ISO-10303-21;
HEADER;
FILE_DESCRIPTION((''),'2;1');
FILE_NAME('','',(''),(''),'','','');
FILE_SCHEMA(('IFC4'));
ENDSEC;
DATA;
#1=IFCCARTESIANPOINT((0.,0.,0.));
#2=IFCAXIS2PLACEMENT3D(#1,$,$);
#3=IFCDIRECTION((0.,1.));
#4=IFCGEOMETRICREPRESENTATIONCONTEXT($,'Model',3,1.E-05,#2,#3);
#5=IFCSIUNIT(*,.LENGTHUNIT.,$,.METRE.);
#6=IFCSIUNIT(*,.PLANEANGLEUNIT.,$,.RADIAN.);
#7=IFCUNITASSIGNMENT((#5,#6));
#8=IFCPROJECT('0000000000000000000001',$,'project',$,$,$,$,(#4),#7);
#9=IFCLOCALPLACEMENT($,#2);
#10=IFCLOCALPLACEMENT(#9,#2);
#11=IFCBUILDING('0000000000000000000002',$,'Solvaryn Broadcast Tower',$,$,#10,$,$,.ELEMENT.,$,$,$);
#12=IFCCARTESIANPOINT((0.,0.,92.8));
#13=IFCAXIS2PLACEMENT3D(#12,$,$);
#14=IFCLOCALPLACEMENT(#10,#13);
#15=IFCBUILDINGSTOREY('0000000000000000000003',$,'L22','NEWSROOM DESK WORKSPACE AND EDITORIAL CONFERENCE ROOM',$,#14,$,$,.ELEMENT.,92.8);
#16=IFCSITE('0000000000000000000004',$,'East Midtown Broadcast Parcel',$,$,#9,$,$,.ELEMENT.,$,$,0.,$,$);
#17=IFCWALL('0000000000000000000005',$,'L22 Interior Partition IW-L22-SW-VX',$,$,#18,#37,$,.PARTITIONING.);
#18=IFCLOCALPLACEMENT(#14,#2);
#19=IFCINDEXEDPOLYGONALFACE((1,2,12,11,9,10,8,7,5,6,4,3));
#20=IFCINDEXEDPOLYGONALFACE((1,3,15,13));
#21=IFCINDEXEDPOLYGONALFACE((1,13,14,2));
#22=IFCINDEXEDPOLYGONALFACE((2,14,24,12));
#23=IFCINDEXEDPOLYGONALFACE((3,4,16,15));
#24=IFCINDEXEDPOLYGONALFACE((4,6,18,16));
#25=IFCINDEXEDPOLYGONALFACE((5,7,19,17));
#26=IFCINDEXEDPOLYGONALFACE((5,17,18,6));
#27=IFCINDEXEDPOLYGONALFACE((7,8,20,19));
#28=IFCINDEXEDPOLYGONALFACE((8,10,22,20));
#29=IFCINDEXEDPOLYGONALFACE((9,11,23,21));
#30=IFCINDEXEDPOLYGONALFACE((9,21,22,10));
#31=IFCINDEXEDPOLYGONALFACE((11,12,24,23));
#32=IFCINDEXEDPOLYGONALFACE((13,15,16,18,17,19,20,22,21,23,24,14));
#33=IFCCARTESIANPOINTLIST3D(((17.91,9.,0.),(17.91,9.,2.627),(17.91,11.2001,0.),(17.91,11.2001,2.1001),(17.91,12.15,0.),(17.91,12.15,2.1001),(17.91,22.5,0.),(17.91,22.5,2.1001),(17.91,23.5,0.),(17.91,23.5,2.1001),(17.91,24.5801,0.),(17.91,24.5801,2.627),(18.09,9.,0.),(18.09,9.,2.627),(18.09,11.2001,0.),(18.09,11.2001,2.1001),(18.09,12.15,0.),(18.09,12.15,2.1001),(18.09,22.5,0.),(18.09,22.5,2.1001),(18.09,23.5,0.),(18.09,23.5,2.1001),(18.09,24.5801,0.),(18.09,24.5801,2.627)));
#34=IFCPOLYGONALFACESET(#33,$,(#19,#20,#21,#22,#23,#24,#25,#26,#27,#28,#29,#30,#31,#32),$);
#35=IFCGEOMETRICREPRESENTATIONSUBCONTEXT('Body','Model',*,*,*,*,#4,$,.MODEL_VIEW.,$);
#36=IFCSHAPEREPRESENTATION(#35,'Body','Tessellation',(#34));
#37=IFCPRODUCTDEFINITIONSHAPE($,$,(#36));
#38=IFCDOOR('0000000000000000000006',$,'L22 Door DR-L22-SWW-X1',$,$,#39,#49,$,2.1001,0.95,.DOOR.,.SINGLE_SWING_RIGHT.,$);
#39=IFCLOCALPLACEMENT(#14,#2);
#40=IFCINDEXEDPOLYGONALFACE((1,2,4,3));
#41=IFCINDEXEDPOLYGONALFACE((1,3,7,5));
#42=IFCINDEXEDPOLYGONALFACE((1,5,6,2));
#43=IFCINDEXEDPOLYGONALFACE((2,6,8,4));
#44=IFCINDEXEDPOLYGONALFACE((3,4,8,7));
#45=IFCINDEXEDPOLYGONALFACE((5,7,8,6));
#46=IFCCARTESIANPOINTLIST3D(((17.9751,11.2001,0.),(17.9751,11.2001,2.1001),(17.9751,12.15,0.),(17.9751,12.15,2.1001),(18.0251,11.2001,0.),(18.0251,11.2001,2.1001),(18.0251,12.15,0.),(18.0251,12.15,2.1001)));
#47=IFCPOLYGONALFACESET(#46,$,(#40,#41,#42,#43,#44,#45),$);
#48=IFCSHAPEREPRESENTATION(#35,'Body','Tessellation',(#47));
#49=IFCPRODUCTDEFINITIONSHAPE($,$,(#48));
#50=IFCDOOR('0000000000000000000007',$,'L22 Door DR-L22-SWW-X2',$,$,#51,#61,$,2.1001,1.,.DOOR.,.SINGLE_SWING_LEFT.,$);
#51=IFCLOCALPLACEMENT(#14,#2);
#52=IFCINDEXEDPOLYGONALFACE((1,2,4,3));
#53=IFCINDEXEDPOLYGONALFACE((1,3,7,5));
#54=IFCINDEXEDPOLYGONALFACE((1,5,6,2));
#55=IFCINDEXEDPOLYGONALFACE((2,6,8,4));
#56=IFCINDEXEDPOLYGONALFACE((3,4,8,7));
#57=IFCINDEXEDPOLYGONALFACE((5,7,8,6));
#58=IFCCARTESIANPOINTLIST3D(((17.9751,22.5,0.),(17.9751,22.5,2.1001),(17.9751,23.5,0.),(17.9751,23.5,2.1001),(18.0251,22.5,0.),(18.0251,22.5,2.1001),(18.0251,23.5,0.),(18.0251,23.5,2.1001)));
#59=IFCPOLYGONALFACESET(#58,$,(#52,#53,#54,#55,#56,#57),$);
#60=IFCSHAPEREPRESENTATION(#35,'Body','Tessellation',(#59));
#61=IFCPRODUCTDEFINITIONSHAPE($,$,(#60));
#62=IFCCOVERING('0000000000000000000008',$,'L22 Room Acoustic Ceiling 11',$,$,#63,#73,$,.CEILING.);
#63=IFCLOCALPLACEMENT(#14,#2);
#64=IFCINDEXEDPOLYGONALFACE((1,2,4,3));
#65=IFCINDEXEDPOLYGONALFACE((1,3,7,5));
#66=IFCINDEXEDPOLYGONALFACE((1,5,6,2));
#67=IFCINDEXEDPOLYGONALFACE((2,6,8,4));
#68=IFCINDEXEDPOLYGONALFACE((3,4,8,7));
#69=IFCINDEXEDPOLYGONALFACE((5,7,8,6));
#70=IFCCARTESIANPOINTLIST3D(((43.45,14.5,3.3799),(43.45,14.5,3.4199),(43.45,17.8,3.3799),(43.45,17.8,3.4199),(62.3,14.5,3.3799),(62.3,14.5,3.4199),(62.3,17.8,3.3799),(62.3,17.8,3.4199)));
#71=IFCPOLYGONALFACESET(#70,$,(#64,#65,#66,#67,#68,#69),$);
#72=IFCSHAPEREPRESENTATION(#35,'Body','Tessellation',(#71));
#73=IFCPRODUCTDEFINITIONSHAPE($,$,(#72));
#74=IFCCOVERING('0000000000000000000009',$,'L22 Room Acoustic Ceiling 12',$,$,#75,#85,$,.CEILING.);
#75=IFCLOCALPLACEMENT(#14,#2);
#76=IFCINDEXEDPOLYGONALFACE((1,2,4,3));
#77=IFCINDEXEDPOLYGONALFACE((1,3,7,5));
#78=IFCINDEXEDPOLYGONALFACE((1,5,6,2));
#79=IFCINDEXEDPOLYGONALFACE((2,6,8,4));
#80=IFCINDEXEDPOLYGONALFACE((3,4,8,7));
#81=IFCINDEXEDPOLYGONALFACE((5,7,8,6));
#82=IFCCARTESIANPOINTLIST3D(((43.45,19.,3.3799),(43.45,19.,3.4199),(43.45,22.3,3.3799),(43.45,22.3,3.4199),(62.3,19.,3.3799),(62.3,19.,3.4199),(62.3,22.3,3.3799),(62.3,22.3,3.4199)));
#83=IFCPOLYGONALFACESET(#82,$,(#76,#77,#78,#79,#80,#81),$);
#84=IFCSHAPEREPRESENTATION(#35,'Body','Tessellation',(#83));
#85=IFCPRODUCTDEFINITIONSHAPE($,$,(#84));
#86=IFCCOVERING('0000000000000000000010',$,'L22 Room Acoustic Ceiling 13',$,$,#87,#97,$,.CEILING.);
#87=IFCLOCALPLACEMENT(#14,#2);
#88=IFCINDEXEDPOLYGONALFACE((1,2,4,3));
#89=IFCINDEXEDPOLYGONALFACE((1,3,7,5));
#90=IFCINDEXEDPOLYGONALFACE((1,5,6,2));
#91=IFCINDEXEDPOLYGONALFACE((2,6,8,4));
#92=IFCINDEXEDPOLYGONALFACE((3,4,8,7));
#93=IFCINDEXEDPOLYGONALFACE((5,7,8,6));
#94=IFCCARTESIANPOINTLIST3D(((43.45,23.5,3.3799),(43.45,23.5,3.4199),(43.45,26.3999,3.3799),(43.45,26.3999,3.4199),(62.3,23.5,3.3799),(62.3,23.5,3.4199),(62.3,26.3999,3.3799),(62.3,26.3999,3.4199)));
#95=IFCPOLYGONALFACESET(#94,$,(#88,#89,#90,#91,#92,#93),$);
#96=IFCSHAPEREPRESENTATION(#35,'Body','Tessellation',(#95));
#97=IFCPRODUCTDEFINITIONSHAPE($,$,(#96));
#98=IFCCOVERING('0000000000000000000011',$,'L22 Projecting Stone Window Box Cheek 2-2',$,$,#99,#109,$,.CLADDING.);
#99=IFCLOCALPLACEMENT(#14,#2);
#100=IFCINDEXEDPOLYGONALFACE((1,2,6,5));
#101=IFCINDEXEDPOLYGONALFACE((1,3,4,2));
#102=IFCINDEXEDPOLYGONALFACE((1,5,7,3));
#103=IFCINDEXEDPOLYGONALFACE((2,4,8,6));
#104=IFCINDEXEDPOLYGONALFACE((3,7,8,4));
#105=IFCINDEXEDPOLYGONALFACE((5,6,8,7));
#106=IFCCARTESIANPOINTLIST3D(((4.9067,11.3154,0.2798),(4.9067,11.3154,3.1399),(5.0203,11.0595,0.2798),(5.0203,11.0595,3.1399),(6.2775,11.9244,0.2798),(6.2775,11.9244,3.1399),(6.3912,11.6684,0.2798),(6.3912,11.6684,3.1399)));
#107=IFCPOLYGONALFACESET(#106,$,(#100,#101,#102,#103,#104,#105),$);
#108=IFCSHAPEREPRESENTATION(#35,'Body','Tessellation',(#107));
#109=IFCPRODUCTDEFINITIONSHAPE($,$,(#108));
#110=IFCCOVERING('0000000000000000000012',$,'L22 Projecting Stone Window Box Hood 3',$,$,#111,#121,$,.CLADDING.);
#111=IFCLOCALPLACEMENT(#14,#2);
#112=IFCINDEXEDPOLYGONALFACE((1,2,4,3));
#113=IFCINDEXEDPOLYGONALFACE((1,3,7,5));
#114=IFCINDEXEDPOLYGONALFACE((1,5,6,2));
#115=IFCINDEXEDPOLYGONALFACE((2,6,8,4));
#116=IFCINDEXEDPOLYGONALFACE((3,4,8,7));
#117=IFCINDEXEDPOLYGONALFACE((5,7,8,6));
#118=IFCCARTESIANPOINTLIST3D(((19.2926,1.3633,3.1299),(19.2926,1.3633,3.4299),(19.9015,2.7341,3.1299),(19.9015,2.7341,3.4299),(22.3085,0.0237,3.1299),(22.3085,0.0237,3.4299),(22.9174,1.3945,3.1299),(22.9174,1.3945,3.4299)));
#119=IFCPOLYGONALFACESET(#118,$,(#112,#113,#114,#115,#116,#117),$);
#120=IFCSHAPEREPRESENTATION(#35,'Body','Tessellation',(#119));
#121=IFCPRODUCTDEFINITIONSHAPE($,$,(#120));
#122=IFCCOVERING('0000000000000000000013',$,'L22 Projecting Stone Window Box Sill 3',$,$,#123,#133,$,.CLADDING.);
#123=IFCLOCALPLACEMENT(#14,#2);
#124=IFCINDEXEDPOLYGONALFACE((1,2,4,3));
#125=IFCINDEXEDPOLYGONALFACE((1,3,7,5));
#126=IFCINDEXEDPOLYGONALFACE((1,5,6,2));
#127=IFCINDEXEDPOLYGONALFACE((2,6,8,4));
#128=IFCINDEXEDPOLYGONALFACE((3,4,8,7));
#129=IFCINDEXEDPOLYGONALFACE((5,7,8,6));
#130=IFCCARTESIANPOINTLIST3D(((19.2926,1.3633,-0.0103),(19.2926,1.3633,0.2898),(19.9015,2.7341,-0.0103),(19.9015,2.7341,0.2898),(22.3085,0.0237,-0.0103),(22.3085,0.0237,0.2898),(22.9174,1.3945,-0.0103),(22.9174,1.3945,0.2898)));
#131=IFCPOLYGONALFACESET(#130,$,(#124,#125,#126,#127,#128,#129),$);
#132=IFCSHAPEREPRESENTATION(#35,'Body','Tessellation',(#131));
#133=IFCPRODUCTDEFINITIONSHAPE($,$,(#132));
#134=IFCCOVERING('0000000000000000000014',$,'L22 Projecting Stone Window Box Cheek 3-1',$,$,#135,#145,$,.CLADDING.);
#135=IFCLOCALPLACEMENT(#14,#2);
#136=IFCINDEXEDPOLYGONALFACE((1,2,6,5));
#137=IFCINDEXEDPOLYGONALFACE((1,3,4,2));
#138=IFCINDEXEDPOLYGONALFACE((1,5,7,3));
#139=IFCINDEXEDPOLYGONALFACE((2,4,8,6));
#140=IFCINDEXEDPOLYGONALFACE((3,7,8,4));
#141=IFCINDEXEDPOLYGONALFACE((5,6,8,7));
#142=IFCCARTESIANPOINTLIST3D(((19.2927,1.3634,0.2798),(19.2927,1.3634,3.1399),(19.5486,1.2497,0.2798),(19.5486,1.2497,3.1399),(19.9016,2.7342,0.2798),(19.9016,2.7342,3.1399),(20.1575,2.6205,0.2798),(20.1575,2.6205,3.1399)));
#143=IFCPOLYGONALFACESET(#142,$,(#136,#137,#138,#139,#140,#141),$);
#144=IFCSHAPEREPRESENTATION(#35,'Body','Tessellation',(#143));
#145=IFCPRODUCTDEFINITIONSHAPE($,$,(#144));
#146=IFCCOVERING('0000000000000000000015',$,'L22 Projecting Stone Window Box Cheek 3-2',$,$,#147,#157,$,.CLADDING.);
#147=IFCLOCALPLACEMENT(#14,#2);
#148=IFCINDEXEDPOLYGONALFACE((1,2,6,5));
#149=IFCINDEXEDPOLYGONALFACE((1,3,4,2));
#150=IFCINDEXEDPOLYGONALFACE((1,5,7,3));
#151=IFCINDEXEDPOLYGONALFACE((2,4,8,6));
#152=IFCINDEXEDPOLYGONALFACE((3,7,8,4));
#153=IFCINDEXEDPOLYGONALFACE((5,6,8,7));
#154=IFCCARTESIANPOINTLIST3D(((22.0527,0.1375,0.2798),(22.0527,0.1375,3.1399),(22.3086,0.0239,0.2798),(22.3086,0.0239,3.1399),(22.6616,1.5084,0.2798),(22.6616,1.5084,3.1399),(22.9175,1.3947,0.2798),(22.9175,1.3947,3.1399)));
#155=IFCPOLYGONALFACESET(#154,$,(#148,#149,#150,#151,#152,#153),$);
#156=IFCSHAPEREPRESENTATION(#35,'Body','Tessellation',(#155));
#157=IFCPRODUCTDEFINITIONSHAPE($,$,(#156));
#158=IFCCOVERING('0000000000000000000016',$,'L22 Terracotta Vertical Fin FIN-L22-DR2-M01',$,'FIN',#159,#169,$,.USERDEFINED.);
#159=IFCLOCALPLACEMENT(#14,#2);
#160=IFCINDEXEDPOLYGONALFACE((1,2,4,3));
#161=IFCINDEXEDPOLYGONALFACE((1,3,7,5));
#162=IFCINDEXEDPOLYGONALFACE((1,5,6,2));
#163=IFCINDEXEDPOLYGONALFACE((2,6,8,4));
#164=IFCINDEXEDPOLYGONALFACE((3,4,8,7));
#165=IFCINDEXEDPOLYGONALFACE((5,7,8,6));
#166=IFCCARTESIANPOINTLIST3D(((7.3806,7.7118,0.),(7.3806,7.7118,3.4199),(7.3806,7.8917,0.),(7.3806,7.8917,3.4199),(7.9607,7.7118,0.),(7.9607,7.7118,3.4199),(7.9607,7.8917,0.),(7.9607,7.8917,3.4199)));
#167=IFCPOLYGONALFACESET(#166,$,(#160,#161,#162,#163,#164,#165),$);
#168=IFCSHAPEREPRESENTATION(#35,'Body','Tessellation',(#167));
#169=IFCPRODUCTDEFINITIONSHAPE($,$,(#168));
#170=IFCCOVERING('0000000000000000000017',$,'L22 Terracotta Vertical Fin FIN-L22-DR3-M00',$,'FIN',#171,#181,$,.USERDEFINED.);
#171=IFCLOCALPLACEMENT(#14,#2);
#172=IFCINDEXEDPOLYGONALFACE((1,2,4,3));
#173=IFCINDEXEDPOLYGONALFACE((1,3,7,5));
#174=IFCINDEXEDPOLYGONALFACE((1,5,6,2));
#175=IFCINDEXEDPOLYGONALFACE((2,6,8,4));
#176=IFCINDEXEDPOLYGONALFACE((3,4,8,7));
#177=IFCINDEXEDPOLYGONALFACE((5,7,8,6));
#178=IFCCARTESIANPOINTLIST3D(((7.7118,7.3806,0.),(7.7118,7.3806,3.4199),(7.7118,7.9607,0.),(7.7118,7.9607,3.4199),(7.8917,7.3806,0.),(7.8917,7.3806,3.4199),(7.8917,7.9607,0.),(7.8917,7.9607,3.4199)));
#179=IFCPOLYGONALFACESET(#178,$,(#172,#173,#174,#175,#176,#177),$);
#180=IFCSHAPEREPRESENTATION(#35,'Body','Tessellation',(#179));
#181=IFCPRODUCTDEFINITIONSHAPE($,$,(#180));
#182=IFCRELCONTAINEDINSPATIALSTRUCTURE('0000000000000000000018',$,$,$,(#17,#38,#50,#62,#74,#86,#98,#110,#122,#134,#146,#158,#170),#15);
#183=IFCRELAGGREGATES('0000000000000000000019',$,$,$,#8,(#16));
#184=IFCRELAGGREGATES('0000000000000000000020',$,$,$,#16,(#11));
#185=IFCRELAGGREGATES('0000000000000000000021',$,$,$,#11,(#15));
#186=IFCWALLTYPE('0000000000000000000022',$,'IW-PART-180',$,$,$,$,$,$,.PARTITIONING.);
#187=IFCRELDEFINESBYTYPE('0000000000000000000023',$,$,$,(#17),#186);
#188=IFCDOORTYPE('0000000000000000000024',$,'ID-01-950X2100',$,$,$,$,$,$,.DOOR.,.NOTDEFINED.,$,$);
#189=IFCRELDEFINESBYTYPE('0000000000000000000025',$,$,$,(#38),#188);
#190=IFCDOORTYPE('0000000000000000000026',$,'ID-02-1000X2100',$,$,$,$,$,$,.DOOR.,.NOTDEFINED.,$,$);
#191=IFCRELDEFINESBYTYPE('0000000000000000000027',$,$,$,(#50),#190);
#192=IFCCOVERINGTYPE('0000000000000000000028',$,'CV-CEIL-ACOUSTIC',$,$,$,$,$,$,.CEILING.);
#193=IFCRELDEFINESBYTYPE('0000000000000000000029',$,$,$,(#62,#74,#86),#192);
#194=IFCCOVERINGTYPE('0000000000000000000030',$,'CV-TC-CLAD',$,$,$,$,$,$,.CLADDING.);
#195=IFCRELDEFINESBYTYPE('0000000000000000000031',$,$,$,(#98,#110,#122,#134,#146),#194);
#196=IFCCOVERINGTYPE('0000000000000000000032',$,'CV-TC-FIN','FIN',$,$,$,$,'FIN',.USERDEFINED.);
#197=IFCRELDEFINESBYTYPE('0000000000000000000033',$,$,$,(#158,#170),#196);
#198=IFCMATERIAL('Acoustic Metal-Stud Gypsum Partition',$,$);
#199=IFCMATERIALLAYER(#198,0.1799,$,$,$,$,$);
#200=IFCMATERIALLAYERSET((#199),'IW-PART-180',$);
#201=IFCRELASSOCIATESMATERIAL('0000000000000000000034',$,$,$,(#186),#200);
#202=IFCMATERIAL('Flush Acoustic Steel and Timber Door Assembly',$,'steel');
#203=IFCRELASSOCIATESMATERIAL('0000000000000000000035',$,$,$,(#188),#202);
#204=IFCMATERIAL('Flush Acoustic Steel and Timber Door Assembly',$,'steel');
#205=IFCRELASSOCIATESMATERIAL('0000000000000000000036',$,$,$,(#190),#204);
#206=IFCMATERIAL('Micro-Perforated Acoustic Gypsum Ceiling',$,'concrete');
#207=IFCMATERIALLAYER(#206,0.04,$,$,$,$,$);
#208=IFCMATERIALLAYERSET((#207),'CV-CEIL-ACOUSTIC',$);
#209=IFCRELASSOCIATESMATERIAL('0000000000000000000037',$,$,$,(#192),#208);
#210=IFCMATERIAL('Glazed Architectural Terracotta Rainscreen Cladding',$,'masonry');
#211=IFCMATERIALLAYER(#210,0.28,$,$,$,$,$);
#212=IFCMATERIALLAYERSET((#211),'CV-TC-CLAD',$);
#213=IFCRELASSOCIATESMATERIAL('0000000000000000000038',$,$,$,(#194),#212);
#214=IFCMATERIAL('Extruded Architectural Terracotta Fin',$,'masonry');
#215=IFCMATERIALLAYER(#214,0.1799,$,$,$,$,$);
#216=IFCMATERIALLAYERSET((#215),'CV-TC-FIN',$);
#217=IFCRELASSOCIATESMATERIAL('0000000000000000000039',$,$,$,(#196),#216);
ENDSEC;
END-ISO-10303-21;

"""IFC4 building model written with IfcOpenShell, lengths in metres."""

from ifc_helpers import new_model, si_unit, direction, frame, frame_2d, origin, origin_2d, place, context, subcontext, project, spatial, polyline, rectangle, outline, extrude, material, layer, layer_set, type_object, element, fill, save


model = new_model("IFC4")

# Units and contexts
model_context = context("Model", 3, precision=1e-05, world=origin(), true_north=direction((0.0, 1.0)))
body_context = subcontext(model_context, "Body", "Model", "MODEL_VIEW")
ifc_project = project(units=[si_unit("LENGTHUNIT", "METRE"), si_unit("PLANEANGLEUNIT", "RADIAN")], contexts=[model_context])

# Site, building, storey
site_placement = place(None, origin())
site = spatial("IfcSite", under=ifc_project, at=site_placement, Name="East Midtown Broadcast Parcel", CompositionType="ELEMENT", RefElevation=0.0)
building_placement = place(site_placement, origin())
building = spatial("IfcBuilding", under=site, at=building_placement, Name="Solvaryn Broadcast Tower", CompositionType="ELEMENT")
storey_placement = place(building_placement, frame((0.0, 0.0, 92.8)))
storey = spatial("IfcBuildingStorey", under=building, at=storey_placement, Name="L22", Description="NEWSROOM DESK WORKSPACE AND EDITORIAL CONFERENCE ROOM", CompositionType="ELEMENT", Elevation=92.8)

# Wall, openings, doors
ifc_material_1 = material(Name="Acoustic Metal-Stud Gypsum Partition")
ifc_layer_1 = layer(ifc_material_1, 0.1799)
ifc_layer_set_1 = layer_set([ifc_layer_1], Name="IW-PART-180")
wall_type_1 = type_object("IfcWallType", Name="IW-PART-180", PredefinedType="PARTITIONING", material=ifc_layer_set_1)
wall_1_placement = place(storey_placement, frame((18.0, 9.0, 0.0), z_axis=(0.0, 0.0, 1.0), x_axis=(0.0, 1.0, 0.0)))
wall_1 = element("IfcWall", 1, at=wall_1_placement, inside=storey, type_object=wall_type_1, Name="L22 Interior Partition IW-L22-SW-VX", PredefinedType="PARTITIONING", context=body_context, shape_type="SweptSolid", body=[
    extrude(rectangle(XDim=15.5801, YDim=0.1799, at=frame_2d((7.79, 0.0))), origin(), (0.0, 0.0, 1.0), 2.627),
])
opening_1_placement = place(wall_1_placement, frame((2.2, 0.0, 0.0)))
opening_1 = element("IfcOpeningElement", 2, at=opening_1_placement, cuts=wall_1, PredefinedType="OPENING", context=body_context, shape_type="SweptSolid", body=[
    extrude(rectangle(XDim=0.95, YDim=2.1001, at=frame_2d((0.4751, 1.05))), frame((0.0, 0.0999, 0.0), z_axis=(0.0, -1.0, 0.0), x_axis=(1.0, 0.0, 0.0)), (0.0, 0.0, 1.0), 0.2),
])
opening_2_placement = place(wall_1_placement, frame((13.5, 0.0, 0.0)))
opening_2 = element("IfcOpeningElement", 3, at=opening_2_placement, cuts=wall_1, PredefinedType="OPENING", context=body_context, shape_type="SweptSolid", body=[
    extrude(rectangle(XDim=1.0, YDim=2.1001, at=frame_2d((0.5, 1.05))), frame((0.0, 0.0999, 0.0), z_axis=(0.0, -1.0, 0.0), x_axis=(1.0, 0.0, 0.0)), (0.0, 0.0, 1.0), 0.2),
])
ifc_material_2 = material(Name="Flush Acoustic Steel and Timber Door Assembly", Category="steel")
door_type_1 = type_object("IfcDoorType", Name="ID-01-950X2100", OperationType="NOTDEFINED", PredefinedType="DOOR", material=ifc_material_2)
door_1_placement = place(opening_1_placement, origin())
door_1 = element("IfcDoor", 4, at=door_1_placement, inside=storey, type_object=door_type_1, Name="L22 Door DR-L22-SWW-X1", OperationType="SINGLE_SWING_RIGHT", OverallHeight=2.1001, OverallWidth=0.95, PredefinedType="DOOR", context=body_context, shape_type="SweptSolid", body=[
    extrude(rectangle(XDim=0.95, YDim=2.1001, at=frame_2d((0.4751, 1.05))), frame((0.0, 0.0249, 0.0), z_axis=(0.0, -1.0, 0.0), x_axis=(1.0, 0.0, 0.0)), (0.0, 0.0, 1.0), 0.05),
])
fill(opening_1, door_1)
ifc_material_3 = material(Name="Flush Acoustic Steel and Timber Door Assembly", Category="steel")
door_type_2 = type_object("IfcDoorType", Name="ID-02-1000X2100", OperationType="NOTDEFINED", PredefinedType="DOOR", material=ifc_material_3)
door_2_placement = place(opening_2_placement, origin())
door_2 = element("IfcDoor", 5, at=door_2_placement, inside=storey, type_object=door_type_2, Name="L22 Door DR-L22-SWW-X2", OperationType="SINGLE_SWING_LEFT", OverallHeight=2.1001, OverallWidth=1.0, PredefinedType="DOOR", context=body_context, shape_type="SweptSolid", body=[
    extrude(rectangle(XDim=1.0, YDim=2.1001, at=frame_2d((0.5, 1.05))), frame((0.0, 0.0249, 0.0), z_axis=(0.0, -1.0, 0.0), x_axis=(1.0, 0.0, 0.0)), (0.0, 0.0, 1.0), 0.05),
])
fill(opening_2, door_2)

# Coverings
ifc_material_4 = material(Name="Micro-Perforated Acoustic Gypsum Ceiling", Category="concrete")
ifc_layer_2 = layer(ifc_material_4, 0.04)
ifc_layer_set_2 = layer_set([ifc_layer_2], Name="CV-CEIL-ACOUSTIC")
covering_type_1 = type_object("IfcCoveringType", Name="CV-CEIL-ACOUSTIC", PredefinedType="CEILING", material=ifc_layer_set_2)
covering_1_placement = place(storey_placement, frame((0.0, 0.0, 3.3799)))
element("IfcCovering", 6, at=covering_1_placement, inside=storey, type_object=covering_type_1, Name="L22 Room Acoustic Ceiling 11", PredefinedType="CEILING", context=body_context, shape_type="SweptSolid", body=[
    extrude(outline(polyline([(43.45, 14.5), (62.3, 14.5), (62.3, 17.8), (43.45, 17.8), (43.45, 14.5)])), origin(), (0.0, 0.0, 1.0), 0.04),
])
covering_2_placement = place(storey_placement, frame((0.0, 0.0, 3.3799)))
element("IfcCovering", 7, at=covering_2_placement, inside=storey, type_object=covering_type_1, Name="L22 Room Acoustic Ceiling 12", PredefinedType="CEILING", context=body_context, shape_type="SweptSolid", body=[
    extrude(outline(polyline([(43.45, 19.0), (62.3, 19.0), (62.3, 22.3), (43.45, 22.3), (43.45, 19.0)])), origin(), (0.0, 0.0, 1.0), 0.04),
])
covering_3_placement = place(storey_placement, frame((0.0, 0.0, 3.3799)))
element("IfcCovering", 8, at=covering_3_placement, inside=storey, type_object=covering_type_1, Name="L22 Room Acoustic Ceiling 13", PredefinedType="CEILING", context=body_context, shape_type="SweptSolid", body=[
    extrude(outline(polyline([(43.45, 23.5), (62.3, 23.5), (62.3, 26.3999), (43.45, 26.3999), (43.45, 23.5)])), origin(), (0.0, 0.0, 1.0), 0.04),
])
ifc_material_5 = material(Name="Glazed Architectural Terracotta Rainscreen Cladding", Category="masonry")
ifc_layer_3 = layer(ifc_material_5, 0.28)
ifc_layer_set_3 = layer_set([ifc_layer_3], Name="CV-TC-CLAD")
covering_type_2 = type_object("IfcCoveringType", Name="CV-TC-CLAD", PredefinedType="CLADDING", material=ifc_layer_set_3)
covering_4_placement = place(storey_placement, frame((5.6489, 11.4919, 0.2798), z_axis=(0.0, 0.0, 1.0), x_axis=(0.405939, -0.9139, 0.0)))
element("IfcCovering", 9, at=covering_4_placement, inside=storey, type_object=covering_type_2, Name="L22 Projecting Stone Window Box Cheek 2-2", PredefinedType="CLADDING", context=body_context, shape_type="SweptSolid", body=[
    extrude(rectangle(XDim=0.28, YDim=1.5, at=origin_2d()), origin(), (0.0, 0.0, 1.0), 2.8601),
])
for number, where, z_axis, x_axis, name in (
    (10, (21.105, 1.3789, 3.1299), (0.0, 0.0, 1.0), (0.9139, -0.405939, 0.0), "L22 Projecting Stone Window Box Hood 3"),
    (11, (21.105, 1.3789, -0.0103), (0.0, 0.0, 1.0), (0.9139, -0.405939, 0.0), "L22 Projecting Stone Window Box Sill 3"),
):
    element("IfcCovering", number, at=place(storey_placement, frame(where, z_axis=z_axis, x_axis=x_axis)), inside=storey, type_object=covering_type_2, Name=name, PredefinedType="CLADDING", context=body_context, shape_type="SweptSolid", body=[
        extrude(rectangle(XDim=3.3, YDim=1.5, at=origin_2d()), origin(), (0.0, 0.0, 1.0), 0.3),
    ])
for number, where, z_axis, x_axis, name in (
    (12, (19.7251, 1.9919, 0.2798), (0.0, 0.0, 1.0), (0.9139, -0.405939, 0.0), "L22 Projecting Stone Window Box Cheek 3-1"),
    (13, (22.4851, 0.7661, 0.2798), (0.0, 0.0, 1.0), (0.9139, -0.405939, 0.0), "L22 Projecting Stone Window Box Cheek 3-2"),
):
    element("IfcCovering", number, at=place(storey_placement, frame(where, z_axis=z_axis, x_axis=x_axis)), inside=storey, type_object=covering_type_2, Name=name, PredefinedType="CLADDING", context=body_context, shape_type="SweptSolid", body=[
        extrude(rectangle(XDim=0.28, YDim=1.5, at=origin_2d()), origin(), (0.0, 0.0, 1.0), 2.8601),
    ])
ifc_material_6 = material(Name="Extruded Architectural Terracotta Fin", Category="masonry")
ifc_layer_4 = layer(ifc_material_6, 0.1799)
ifc_layer_set_4 = layer_set([ifc_layer_4], Name="CV-TC-FIN")
covering_type_3 = type_object("IfcCoveringType", Name="CV-TC-FIN", Description="FIN", ElementType="FIN", PredefinedType="USERDEFINED", material=ifc_layer_set_4)
covering_5_placement = place(storey_placement, frame((7.6707, 7.8018, 0.0), z_axis=(0.0, 0.0, 1.0), x_axis=(1.0, 0.0, 0.0)))
element("IfcCovering", 14, at=covering_5_placement, inside=storey, type_object=covering_type_3, Name="L22 Terracotta Vertical Fin FIN-L22-DR2-M01", ObjectType="FIN", PredefinedType="USERDEFINED", context=body_context, shape_type="SweptSolid", body=[
    extrude(rectangle(XDim=0.5801, YDim=0.1799, at=origin_2d()), origin(), (0.0, 0.0, 1.0), 3.4199),
])
covering_6_placement = place(storey_placement, frame((7.8018, 7.6707, 0.0), z_axis=(0.0, 0.0, 1.0), x_axis=(1.0, 0.0, 0.0)))
element("IfcCovering", 15, at=covering_6_placement, inside=storey, type_object=covering_type_3, Name="L22 Terracotta Vertical Fin FIN-L22-DR3-M00", ObjectType="FIN", PredefinedType="USERDEFINED", context=body_context, shape_type="SweptSolid", body=[
    extrude(rectangle(XDim=0.1799, YDim=0.5801, at=origin_2d()), origin(), (0.0, 0.0, 1.0), 3.4199),
])

save(model, "model.ifc")
